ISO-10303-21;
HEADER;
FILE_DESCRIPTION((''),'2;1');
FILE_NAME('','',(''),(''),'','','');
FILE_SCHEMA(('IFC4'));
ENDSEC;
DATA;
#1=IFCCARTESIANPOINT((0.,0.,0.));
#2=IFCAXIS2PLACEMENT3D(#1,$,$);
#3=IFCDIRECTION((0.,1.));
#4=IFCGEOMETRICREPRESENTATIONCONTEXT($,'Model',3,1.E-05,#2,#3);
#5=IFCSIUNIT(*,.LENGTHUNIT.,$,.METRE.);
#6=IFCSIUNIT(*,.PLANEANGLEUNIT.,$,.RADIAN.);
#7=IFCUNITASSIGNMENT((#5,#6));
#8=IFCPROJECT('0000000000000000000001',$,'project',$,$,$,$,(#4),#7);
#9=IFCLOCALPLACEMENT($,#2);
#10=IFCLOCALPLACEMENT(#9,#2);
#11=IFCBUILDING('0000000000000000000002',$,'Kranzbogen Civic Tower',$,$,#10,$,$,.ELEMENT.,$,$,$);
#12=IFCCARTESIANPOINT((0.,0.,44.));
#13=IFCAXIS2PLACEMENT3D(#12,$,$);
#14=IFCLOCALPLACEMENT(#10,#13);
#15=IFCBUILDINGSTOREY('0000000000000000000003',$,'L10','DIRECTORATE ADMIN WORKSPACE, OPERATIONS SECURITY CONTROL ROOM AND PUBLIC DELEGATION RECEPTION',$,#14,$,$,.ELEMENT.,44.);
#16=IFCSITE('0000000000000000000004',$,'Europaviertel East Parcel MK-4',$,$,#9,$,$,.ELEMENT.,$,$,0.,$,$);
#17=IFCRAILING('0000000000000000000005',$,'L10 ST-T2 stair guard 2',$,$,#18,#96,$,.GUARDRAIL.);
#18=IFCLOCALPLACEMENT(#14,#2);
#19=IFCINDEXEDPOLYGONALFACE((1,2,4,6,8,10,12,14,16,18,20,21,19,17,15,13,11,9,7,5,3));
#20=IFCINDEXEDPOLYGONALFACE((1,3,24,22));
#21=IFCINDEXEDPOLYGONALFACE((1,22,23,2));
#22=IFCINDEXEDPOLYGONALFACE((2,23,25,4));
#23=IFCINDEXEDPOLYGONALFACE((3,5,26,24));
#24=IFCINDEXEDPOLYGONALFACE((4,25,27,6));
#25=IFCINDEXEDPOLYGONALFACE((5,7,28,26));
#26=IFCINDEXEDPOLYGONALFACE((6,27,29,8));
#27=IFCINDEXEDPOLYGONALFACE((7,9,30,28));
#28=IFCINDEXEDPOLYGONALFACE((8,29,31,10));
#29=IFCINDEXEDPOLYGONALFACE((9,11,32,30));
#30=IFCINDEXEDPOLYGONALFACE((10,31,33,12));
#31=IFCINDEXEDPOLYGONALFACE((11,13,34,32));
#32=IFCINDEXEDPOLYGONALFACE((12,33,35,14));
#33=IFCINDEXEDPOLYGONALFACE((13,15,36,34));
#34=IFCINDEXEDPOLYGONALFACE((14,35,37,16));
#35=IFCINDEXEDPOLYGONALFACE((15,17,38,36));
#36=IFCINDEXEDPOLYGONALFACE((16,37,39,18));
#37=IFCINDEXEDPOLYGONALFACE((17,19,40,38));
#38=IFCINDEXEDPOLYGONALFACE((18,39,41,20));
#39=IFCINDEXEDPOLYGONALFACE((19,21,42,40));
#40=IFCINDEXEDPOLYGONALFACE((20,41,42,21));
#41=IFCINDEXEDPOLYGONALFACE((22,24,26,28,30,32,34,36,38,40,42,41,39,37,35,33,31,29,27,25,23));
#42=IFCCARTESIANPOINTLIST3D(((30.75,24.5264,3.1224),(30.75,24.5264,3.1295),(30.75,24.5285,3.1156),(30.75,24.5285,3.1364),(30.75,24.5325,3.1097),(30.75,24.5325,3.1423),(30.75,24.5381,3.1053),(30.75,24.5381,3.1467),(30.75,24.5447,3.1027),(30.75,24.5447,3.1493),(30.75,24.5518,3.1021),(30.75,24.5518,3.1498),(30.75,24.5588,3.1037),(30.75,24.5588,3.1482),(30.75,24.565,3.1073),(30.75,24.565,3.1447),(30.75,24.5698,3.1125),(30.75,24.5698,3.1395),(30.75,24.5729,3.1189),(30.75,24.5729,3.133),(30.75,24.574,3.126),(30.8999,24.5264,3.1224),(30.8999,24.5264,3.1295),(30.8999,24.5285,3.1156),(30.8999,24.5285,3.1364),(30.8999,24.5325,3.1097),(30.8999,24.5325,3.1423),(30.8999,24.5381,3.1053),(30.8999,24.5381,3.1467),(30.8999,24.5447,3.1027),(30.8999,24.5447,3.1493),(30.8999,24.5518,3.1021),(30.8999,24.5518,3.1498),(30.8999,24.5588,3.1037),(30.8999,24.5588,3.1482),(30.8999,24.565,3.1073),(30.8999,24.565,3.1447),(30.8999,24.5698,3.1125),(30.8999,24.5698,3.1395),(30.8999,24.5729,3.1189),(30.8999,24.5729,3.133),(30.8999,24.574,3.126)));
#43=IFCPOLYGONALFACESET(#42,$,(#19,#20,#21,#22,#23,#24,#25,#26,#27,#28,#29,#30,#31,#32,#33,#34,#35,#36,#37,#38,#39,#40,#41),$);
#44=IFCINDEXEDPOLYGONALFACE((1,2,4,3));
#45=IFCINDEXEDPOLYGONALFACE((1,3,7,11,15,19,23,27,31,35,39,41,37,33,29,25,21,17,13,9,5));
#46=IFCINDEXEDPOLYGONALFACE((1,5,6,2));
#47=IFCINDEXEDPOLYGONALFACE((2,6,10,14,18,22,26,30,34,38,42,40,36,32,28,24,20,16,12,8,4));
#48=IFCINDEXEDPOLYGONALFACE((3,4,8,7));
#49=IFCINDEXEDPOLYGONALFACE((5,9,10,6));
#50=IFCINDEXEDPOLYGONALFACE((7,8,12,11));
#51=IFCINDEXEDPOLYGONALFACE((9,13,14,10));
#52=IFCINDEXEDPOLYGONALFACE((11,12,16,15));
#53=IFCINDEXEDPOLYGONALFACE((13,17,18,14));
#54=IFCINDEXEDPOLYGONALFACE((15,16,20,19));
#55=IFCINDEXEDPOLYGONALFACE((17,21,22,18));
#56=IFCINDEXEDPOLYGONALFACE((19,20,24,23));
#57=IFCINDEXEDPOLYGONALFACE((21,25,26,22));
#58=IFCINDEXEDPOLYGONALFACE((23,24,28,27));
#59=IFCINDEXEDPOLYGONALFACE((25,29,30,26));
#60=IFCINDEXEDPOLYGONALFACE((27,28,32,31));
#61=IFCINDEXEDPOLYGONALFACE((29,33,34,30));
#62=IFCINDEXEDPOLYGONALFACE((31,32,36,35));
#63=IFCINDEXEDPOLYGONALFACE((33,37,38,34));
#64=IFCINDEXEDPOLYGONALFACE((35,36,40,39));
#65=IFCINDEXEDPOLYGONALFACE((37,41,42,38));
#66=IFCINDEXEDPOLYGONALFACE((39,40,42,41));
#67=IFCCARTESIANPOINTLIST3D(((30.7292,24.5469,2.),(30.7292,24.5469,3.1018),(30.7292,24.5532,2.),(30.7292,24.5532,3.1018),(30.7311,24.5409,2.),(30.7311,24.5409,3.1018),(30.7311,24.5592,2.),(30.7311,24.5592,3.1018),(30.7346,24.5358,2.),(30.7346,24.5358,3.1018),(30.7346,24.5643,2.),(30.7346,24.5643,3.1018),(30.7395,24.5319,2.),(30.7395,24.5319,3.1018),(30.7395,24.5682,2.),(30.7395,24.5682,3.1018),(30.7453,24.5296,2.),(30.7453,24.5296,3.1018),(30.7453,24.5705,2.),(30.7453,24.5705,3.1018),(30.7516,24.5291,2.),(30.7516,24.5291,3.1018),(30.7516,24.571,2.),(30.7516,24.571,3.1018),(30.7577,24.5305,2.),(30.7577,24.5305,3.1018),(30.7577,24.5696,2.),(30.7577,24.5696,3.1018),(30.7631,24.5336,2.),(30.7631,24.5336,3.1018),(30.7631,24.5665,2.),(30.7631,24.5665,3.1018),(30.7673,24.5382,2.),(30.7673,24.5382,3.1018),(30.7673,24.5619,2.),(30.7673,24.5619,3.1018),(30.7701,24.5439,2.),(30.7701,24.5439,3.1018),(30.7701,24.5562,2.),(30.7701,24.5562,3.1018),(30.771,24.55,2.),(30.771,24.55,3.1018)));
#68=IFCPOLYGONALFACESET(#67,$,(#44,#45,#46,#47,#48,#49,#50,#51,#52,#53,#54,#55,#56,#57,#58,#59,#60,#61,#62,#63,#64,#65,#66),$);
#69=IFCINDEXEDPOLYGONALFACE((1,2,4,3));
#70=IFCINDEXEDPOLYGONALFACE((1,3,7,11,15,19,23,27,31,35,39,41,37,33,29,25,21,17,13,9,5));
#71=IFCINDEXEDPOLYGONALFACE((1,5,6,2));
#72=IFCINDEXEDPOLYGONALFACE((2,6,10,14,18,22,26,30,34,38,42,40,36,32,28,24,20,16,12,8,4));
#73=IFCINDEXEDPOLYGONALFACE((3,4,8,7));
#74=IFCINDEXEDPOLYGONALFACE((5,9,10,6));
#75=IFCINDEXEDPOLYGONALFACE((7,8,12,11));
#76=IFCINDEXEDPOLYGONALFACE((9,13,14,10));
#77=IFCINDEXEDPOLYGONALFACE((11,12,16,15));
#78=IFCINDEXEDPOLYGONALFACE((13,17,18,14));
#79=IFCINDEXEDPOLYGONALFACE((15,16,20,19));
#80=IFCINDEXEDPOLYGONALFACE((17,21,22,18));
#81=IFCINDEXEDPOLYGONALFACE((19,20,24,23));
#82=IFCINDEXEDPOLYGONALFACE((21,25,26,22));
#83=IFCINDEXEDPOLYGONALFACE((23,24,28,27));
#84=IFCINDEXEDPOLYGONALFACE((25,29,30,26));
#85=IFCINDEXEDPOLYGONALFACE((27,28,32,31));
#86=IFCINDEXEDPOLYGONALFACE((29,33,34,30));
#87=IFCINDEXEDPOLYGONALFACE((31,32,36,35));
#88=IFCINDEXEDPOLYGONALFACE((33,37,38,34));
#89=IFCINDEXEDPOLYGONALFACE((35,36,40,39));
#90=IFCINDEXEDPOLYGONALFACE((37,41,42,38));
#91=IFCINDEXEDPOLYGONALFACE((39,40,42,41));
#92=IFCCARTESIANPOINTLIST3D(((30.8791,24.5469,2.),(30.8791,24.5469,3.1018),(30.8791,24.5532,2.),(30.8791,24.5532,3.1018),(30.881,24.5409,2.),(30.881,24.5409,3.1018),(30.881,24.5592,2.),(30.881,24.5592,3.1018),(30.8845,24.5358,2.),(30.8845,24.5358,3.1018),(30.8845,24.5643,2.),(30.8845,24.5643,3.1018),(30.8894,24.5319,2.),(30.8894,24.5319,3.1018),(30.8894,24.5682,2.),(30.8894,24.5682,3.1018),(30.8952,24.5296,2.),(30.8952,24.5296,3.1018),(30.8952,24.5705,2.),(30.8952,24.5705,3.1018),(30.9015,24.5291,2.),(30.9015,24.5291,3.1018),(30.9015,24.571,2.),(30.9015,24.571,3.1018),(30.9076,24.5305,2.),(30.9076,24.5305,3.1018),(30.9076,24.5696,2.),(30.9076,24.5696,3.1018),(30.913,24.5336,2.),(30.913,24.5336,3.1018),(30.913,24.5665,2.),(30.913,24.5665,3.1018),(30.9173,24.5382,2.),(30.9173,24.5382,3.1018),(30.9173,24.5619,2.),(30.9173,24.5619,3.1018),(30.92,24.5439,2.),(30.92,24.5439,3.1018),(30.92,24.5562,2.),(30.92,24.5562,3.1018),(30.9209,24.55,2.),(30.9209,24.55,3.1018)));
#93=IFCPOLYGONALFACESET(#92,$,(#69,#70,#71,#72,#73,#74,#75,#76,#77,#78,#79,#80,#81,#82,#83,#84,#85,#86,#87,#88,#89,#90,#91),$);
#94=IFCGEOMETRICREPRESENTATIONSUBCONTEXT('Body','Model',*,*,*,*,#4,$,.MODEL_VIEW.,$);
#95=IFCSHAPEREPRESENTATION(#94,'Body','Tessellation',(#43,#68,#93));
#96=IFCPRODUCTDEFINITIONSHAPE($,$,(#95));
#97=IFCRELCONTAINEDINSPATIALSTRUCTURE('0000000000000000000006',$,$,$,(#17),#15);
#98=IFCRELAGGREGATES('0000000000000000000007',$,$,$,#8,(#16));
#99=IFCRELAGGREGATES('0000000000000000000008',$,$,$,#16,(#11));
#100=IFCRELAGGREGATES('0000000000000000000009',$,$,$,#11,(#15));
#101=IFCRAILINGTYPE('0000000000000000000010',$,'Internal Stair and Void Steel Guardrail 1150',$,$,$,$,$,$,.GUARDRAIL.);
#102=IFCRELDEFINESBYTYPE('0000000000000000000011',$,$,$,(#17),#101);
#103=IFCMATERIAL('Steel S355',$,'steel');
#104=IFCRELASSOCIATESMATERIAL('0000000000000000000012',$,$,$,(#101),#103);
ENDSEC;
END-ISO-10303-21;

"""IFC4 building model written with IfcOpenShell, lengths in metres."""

from ifc_helpers import new_model, si_unit, direction, frame, origin, origin_2d, place, context, subcontext, project, spatial, circle, extrude, material, type_object, element, save


model = new_model("IFC4")

# Units and contexts
model_context = context("Model", 3, precision=1e-05, world=origin(), true_north=direction((0.0, 1.0)))
body_context = subcontext(model_context, "Body", "Model", "MODEL_VIEW")
ifc_project = project(units=[si_unit("LENGTHUNIT", "METRE"), si_unit("PLANEANGLEUNIT", "RADIAN")], contexts=[model_context])

# Site, building, storey
site_placement = place(None, origin())
site = spatial("IfcSite", under=ifc_project, at=site_placement, Name="Europaviertel East Parcel MK-4", CompositionType="ELEMENT", RefElevation=0.0)
building_placement = place(site_placement, origin())
building = spatial("IfcBuilding", under=site, at=building_placement, Name="Kranzbogen Civic Tower", CompositionType="ELEMENT")
storey_placement = place(building_placement, frame((0.0, 0.0, 44.0)))
storey = spatial("IfcBuildingStorey", under=building, at=storey_placement, Name="L10", Description="DIRECTORATE ADMIN WORKSPACE, OPERATIONS SECURITY CONTROL ROOM AND PUBLIC DELEGATION RECEPTION", CompositionType="ELEMENT", Elevation=44.0)

# Shared definitions
ifc_material_1 = material(Name="Steel S355", Category="steel")

# Railing
railing_type_1 = type_object("IfcRailingType", Name="Internal Stair and Void Steel Guardrail 1150", PredefinedType="GUARDRAIL", material=ifc_material_1)
railing_1_placement = place(storey_placement, frame((30.75, 24.55, 2.0)))
element("IfcRailing", 1, at=railing_1_placement, inside=storey, type_object=railing_type_1, Name="L10 ST-T2 stair guard 2", PredefinedType="GUARDRAIL", context=body_context, shape_type="SweptSolid", body=[
    extrude(circle(Radius=0.0239, at=origin_2d()), frame((0.0, 0.0, 1.126), z_axis=(1.0, 0.0, 0.0), x_axis=(0.0, 1.0, 0.0)), (0.0, 0.0, 1.0), 0.1499),
    extrude(circle(Radius=0.021, at=origin_2d()), origin(), (0.0, 0.0, 1.0), 1.1018),
    extrude(circle(Radius=0.021, at=origin_2d()), frame((0.1499, 0.0, 0.0)), (0.0, 0.0, 1.0), 1.1018),
])

save(model, "model.ifc")
